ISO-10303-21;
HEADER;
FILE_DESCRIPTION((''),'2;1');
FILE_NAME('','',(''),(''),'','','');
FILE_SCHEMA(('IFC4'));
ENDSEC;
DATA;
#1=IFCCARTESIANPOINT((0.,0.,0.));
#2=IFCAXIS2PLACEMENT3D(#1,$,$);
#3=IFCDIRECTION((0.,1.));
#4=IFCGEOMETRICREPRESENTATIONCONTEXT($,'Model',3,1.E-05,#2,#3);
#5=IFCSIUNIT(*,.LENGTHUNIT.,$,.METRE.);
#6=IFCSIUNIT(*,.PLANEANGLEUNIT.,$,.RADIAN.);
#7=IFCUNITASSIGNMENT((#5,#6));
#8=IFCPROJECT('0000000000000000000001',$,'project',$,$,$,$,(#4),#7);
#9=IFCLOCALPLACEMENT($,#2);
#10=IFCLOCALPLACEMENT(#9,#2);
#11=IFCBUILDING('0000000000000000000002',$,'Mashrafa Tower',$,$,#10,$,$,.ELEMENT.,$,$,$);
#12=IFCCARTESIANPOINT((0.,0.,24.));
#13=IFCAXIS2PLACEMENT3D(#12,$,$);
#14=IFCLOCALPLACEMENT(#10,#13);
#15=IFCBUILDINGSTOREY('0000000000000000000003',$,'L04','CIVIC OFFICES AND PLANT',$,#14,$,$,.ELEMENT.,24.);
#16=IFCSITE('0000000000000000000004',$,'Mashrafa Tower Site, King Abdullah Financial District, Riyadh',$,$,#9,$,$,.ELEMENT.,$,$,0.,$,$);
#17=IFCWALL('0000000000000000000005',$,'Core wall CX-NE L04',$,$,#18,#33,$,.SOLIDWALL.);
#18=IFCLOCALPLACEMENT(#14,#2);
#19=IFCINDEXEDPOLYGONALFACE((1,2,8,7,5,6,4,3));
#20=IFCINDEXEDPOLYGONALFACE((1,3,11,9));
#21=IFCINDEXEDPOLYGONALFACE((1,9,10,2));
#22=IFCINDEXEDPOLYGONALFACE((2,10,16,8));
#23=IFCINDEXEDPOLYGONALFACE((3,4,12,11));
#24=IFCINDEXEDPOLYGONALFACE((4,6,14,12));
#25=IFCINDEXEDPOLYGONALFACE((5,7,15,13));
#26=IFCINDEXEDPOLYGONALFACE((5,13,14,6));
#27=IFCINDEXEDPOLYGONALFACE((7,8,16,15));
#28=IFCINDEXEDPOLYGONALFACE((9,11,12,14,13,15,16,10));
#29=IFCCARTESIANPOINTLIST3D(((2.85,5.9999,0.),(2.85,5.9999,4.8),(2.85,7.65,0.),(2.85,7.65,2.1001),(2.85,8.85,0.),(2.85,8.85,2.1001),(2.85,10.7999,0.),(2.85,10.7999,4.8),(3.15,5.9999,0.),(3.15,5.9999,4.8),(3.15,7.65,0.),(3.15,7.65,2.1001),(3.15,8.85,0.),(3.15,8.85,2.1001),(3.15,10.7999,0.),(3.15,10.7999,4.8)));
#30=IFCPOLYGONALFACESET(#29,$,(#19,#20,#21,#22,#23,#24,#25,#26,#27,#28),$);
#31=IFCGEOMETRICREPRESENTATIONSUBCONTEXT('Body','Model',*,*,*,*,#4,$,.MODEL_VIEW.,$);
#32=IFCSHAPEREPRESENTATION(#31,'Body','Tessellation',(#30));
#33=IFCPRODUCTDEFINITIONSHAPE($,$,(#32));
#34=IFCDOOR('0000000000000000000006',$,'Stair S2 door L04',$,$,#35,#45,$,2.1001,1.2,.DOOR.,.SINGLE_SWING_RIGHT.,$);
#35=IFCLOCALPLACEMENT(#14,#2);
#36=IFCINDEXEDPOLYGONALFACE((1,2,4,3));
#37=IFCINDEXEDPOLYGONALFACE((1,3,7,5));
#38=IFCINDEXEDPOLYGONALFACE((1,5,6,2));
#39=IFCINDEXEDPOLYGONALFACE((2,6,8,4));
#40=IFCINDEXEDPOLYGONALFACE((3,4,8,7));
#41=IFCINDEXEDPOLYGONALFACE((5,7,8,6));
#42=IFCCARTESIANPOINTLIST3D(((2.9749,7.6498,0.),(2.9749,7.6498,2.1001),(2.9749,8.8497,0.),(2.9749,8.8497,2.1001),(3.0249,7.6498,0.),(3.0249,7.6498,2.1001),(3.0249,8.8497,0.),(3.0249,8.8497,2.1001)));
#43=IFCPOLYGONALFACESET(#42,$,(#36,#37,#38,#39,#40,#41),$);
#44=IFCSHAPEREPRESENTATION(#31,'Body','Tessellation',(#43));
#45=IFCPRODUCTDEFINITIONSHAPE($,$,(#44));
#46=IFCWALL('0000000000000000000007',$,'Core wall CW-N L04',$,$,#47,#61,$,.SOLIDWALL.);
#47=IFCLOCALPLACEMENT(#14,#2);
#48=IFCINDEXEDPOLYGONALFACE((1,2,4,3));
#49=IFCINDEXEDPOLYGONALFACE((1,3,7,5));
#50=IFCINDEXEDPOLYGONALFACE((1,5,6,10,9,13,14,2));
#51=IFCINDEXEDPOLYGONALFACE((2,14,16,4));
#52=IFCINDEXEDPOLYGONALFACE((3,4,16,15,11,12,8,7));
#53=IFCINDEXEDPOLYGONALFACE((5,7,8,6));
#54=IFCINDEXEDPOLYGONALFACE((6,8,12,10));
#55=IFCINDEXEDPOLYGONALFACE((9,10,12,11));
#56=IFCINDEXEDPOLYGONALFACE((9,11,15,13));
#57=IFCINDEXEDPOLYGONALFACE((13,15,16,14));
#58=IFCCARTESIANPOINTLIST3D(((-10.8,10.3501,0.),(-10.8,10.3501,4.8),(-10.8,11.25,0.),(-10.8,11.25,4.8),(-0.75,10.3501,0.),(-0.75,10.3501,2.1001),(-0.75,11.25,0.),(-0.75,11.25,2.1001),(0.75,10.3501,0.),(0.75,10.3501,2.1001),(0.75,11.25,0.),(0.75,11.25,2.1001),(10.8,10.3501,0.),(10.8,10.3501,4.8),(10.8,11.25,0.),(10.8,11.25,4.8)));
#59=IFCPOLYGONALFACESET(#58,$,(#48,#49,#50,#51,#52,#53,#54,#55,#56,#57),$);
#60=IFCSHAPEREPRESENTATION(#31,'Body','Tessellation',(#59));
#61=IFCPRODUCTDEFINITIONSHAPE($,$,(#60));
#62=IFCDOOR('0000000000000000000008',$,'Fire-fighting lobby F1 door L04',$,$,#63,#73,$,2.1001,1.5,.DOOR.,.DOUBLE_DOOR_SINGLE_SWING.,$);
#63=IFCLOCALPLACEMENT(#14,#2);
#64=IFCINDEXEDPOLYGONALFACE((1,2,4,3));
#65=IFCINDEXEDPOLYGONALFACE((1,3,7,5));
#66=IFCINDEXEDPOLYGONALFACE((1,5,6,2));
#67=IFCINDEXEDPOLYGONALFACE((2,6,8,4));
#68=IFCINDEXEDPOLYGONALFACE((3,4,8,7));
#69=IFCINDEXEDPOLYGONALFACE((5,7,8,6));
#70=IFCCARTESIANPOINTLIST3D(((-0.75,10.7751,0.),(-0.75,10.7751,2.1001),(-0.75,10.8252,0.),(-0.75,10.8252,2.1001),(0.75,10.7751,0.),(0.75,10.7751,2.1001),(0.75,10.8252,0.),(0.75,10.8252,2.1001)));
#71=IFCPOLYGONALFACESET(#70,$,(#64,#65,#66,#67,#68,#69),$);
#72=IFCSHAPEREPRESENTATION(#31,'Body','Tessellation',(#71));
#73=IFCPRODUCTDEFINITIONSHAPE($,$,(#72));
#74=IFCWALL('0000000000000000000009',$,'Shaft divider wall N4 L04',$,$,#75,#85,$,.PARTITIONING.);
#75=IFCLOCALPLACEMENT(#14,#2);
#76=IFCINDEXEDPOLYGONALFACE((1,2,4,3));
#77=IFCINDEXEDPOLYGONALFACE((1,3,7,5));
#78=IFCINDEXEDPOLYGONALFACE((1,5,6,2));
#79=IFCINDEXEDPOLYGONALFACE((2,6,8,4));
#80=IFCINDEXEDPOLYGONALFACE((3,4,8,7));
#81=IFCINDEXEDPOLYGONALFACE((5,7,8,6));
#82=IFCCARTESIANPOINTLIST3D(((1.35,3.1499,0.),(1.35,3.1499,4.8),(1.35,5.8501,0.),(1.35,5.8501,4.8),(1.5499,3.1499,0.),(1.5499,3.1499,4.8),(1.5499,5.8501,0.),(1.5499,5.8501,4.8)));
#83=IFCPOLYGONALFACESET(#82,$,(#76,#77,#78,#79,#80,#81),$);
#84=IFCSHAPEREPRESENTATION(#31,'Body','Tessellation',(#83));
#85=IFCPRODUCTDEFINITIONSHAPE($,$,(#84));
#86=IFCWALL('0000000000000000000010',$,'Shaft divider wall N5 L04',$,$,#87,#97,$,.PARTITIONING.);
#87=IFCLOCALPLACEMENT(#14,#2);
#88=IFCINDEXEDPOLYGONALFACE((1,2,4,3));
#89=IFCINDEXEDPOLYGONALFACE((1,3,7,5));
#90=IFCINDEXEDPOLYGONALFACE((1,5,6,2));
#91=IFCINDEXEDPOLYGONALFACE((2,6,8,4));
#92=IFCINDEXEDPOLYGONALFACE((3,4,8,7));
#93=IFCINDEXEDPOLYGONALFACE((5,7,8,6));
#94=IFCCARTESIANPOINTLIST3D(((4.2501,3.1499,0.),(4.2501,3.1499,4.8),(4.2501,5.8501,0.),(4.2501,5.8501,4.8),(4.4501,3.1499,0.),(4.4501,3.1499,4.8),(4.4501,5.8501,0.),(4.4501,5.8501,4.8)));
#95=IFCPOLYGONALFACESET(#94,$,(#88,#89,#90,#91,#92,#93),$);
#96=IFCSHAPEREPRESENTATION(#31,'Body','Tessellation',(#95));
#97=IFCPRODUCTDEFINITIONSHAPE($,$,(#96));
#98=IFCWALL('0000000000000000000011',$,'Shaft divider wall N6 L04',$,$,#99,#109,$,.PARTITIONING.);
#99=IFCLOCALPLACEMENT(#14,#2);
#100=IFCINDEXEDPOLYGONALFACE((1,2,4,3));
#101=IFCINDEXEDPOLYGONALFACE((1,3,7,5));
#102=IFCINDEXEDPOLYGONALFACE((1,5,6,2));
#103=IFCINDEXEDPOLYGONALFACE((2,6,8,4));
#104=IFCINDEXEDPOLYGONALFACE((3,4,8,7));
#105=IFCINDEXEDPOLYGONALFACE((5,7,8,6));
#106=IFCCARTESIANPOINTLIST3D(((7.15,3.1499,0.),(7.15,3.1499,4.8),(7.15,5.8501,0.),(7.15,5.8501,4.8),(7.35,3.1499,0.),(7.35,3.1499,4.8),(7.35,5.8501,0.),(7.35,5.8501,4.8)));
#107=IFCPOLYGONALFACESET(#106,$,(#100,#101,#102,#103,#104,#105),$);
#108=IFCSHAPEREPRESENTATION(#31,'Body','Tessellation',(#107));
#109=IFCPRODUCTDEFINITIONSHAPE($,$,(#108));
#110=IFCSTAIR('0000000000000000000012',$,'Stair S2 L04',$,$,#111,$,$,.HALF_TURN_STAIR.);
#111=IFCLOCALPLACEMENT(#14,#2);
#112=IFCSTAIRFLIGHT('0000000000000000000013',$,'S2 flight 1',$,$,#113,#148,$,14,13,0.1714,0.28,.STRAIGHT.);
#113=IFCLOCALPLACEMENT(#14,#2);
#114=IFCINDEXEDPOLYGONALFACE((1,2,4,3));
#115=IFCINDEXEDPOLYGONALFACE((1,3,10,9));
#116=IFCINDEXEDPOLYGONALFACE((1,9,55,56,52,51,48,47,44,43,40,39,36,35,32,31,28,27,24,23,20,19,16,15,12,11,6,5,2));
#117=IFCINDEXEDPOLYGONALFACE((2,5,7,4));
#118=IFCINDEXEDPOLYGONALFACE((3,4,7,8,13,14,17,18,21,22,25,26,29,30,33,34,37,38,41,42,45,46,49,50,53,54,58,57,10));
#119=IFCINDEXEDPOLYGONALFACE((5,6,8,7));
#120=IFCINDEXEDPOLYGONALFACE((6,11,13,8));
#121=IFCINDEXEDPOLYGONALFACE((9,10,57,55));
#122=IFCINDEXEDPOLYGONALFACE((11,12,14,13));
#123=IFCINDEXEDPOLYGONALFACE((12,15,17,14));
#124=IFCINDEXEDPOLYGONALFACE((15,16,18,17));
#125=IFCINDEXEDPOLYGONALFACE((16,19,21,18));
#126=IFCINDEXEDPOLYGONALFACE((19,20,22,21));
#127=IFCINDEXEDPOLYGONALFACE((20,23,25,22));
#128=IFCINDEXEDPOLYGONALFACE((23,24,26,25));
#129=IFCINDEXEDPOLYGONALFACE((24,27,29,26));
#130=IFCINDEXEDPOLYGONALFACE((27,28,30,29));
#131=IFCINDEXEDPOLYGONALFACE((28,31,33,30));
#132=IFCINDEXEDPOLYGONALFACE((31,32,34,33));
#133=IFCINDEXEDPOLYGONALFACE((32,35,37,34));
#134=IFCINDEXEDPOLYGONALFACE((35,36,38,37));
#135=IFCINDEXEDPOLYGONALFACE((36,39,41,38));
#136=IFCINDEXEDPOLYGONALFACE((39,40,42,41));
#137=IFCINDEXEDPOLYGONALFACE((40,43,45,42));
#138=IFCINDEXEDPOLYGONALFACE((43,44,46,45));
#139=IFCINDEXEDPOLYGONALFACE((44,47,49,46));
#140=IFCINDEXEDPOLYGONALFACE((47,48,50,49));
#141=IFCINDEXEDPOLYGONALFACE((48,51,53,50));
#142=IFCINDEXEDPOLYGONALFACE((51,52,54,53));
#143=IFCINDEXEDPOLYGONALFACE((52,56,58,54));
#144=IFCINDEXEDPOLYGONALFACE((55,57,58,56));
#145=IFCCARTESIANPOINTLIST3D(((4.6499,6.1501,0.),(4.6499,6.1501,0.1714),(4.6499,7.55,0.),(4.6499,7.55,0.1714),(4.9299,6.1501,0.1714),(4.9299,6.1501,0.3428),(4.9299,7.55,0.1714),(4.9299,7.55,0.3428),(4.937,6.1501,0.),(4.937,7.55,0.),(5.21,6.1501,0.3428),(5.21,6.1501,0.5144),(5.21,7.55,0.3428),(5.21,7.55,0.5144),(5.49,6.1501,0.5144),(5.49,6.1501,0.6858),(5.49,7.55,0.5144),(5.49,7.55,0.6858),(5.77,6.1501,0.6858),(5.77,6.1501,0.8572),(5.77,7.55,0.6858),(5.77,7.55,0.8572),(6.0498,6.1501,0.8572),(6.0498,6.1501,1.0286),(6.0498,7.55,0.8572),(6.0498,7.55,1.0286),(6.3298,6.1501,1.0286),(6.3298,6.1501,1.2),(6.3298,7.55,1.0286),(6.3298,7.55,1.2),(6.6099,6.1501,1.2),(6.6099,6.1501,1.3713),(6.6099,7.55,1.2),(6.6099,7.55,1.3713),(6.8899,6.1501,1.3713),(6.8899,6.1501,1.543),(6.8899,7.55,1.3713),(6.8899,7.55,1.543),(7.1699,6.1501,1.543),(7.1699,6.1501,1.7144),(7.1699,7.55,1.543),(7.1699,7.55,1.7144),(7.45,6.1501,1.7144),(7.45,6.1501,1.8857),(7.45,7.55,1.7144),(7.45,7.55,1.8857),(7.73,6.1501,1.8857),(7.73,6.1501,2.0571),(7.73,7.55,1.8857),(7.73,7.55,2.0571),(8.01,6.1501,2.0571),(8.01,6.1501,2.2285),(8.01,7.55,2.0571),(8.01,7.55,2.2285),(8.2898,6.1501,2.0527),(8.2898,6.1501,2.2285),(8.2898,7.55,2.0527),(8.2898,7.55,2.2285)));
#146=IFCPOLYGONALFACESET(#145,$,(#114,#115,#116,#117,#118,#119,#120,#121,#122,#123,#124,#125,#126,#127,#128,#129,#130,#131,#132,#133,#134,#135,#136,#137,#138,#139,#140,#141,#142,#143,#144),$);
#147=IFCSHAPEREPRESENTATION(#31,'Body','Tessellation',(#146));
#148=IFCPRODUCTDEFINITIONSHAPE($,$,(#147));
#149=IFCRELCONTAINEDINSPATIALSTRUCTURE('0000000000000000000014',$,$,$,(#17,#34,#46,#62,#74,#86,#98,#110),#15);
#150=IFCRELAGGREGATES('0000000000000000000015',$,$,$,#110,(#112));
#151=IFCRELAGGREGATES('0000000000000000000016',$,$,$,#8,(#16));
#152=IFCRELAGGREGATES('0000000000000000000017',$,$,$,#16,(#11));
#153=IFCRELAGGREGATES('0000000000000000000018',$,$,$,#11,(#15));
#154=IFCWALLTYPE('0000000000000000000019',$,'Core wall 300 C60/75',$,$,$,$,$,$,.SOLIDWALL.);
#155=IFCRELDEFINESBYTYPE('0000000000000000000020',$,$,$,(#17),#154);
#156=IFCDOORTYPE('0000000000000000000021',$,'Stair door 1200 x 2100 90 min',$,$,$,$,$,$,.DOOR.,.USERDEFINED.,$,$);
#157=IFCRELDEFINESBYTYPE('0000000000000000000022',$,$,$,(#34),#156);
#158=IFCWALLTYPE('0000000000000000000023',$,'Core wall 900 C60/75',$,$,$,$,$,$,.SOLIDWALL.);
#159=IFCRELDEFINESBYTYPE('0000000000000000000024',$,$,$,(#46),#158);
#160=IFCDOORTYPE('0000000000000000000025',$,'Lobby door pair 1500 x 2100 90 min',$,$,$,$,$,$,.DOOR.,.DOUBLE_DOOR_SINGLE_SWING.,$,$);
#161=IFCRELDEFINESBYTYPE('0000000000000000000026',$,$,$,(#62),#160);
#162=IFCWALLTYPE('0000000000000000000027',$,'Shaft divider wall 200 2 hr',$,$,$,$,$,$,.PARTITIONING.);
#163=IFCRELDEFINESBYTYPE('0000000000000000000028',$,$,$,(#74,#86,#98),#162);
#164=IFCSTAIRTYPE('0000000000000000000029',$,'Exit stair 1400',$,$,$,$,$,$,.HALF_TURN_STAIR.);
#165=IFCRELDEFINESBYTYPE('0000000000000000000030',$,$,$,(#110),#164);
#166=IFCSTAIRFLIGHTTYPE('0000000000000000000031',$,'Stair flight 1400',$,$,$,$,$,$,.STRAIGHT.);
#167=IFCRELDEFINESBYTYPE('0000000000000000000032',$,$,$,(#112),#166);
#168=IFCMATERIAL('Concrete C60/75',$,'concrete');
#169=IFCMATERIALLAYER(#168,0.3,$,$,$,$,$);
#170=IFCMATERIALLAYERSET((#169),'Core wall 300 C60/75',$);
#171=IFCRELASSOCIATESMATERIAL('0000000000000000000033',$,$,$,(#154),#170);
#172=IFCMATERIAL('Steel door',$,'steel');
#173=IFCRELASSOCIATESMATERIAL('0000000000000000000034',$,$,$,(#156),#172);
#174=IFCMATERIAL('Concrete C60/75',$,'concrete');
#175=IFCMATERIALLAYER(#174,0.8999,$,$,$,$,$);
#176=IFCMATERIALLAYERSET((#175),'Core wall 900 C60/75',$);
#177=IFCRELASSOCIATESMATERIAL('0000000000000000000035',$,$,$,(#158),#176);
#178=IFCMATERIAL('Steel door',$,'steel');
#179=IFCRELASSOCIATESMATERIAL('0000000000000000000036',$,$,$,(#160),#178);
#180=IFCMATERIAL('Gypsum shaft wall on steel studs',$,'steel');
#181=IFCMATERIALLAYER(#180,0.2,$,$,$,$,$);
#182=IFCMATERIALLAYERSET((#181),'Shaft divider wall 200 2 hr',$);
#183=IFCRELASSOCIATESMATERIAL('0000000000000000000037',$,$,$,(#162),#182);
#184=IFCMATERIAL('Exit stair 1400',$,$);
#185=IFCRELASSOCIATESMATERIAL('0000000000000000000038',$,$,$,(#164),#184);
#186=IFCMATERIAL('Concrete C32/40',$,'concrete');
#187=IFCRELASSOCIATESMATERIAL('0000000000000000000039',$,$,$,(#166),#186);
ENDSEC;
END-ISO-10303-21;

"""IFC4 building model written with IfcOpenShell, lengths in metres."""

from ifc_helpers import new_model, si_unit, direction, frame, frame_2d, origin, place, context, subcontext, project, spatial, polyline, rectangle, outline, extrude, material, layer, layer_set, type_object, element, fill, aggregate, save


model = new_model("IFC4")

# Units and contexts
model_context = context("Model", 3, precision=1e-05, world=origin(), true_north=direction((0.0, 1.0)))
body_context = subcontext(model_context, "Body", "Model", "MODEL_VIEW")
ifc_project = project(units=[si_unit("LENGTHUNIT", "METRE"), si_unit("PLANEANGLEUNIT", "RADIAN")], contexts=[model_context])

# Site, building, storey
site_placement = place(None, origin())
site = spatial("IfcSite", under=ifc_project, at=site_placement, Name="Mashrafa Tower Site, King Abdullah Financial District, Riyadh", CompositionType="ELEMENT", RefElevation=0.0)
building_placement = place(site_placement, origin())
building = spatial("IfcBuilding", under=site, at=building_placement, Name="Mashrafa Tower", CompositionType="ELEMENT")
storey_placement = place(building_placement, frame((0.0, 0.0, 24.0)))
storey = spatial("IfcBuildingStorey", under=building, at=storey_placement, Name="L04", Description="CIVIC OFFICES AND PLANT", CompositionType="ELEMENT", Elevation=24.0)

# Walls, openings, doors
ifc_material_1 = material(Name="Concrete C60/75", Category="concrete")
ifc_layer_1 = layer(ifc_material_1, 0.3)
ifc_layer_set_1 = layer_set([ifc_layer_1], Name="Core wall 300 C60/75")
wall_type_1 = type_object("IfcWallType", Name="Core wall 300 C60/75", PredefinedType="SOLIDWALL", material=ifc_layer_set_1)
wall_1_placement = place(storey_placement, frame((3.0, 6.0, 0.0), z_axis=(0.0, 0.0, 1.0), x_axis=(0.0, 1.0, 0.0)))
wall_1 = element("IfcWall", 1, at=wall_1_placement, inside=storey, type_object=wall_type_1, Name="Core wall CX-NE L04", PredefinedType="SOLIDWALL", context=body_context, shape_type="SweptSolid", body=[
    extrude(rectangle(XDim=4.8, YDim=0.3, at=frame_2d((2.3999, 0.0))), origin(), (0.0, 0.0, 1.0), 4.8),
])
opening_1_placement = place(wall_1_placement, frame((1.6499, 0.0, 0.0)))
opening_1 = element("IfcOpeningElement", 2, at=opening_1_placement, cuts=wall_1, PredefinedType="OPENING", context=body_context, shape_type="SweptSolid", body=[
    extrude(rectangle(XDim=1.2, YDim=2.1001, at=frame_2d((0.6001, 1.05))), frame((0.0, 0.1599, 0.0), z_axis=(0.0, -1.0, 0.0), x_axis=(1.0, 0.0, 0.0)), (0.0, 0.0, 1.0), 0.3201),
])
ifc_material_2 = material(Name="Steel door", Category="steel")
door_type_1 = type_object("IfcDoorType", Name="Stair door 1200 x 2100 90 min", OperationType="USERDEFINED", PredefinedType="DOOR", material=ifc_material_2)
door_1_placement = place(opening_1_placement, frame((1.2, 0.0, 0.0), z_axis=(0.0, 0.0, 1.0), x_axis=(-1.0, 0.0, 0.0)))
door_1 = element("IfcDoor", 3, at=door_1_placement, inside=storey, type_object=door_type_1, Name="Stair S2 door L04", OperationType="SINGLE_SWING_RIGHT", OverallHeight=2.1001, OverallWidth=1.2, PredefinedType="DOOR", context=body_context, shape_type="SweptSolid", body=[
    extrude(rectangle(XDim=1.2, YDim=2.1001, at=frame_2d((0.6001, 1.05))), frame((0.0, 0.0249, 0.0), z_axis=(0.0, -1.0, 0.0), x_axis=(1.0, 0.0, 0.0)), (0.0, 0.0, 1.0), 0.05),
])
fill(opening_1, door_1)
ifc_material_3 = material(Name="Concrete C60/75", Category="concrete")
ifc_layer_2 = layer(ifc_material_3, 0.8999)
ifc_layer_set_2 = layer_set([ifc_layer_2], Name="Core wall 900 C60/75")
wall_type_2 = type_object("IfcWallType", Name="Core wall 900 C60/75", PredefinedType="SOLIDWALL", material=ifc_layer_set_2)
wall_2_placement = place(storey_placement, frame((10.8, 10.8, 0.0), z_axis=(0.0, 0.0, 1.0), x_axis=(-1.0, 0.0, 0.0)))
wall_2 = element("IfcWall", 4, at=wall_2_placement, inside=storey, type_object=wall_type_2, Name="Core wall CW-N L04", PredefinedType="SOLIDWALL", context=body_context, shape_type="SweptSolid", body=[
    extrude(rectangle(XDim=21.6001, YDim=0.8999, at=frame_2d((10.8, 0.0))), origin(), (0.0, 0.0, 1.0), 4.8),
])
opening_2_placement = place(wall_2_placement, frame((10.05, 0.0, 0.0)))
opening_2 = element("IfcOpeningElement", 5, at=opening_2_placement, cuts=wall_2, PredefinedType="OPENING", context=body_context, shape_type="SweptSolid", body=[
    extrude(rectangle(XDim=1.5, YDim=2.1001, at=frame_2d((0.75, 1.05))), frame((0.0, 0.46, 0.0), z_axis=(0.0, -1.0, 0.0), x_axis=(1.0, 0.0, 0.0)), (0.0, 0.0, 1.0), 0.9199),
])
ifc_material_4 = material(Name="Steel door", Category="steel")
door_type_2 = type_object("IfcDoorType", Name="Lobby door pair 1500 x 2100 90 min", OperationType="DOUBLE_DOOR_SINGLE_SWING", PredefinedType="DOOR", material=ifc_material_4)
door_2_placement = place(opening_2_placement, origin())
door_2 = element("IfcDoor", 6, at=door_2_placement, inside=storey, type_object=door_type_2, Name="Fire-fighting lobby F1 door L04", OperationType="DOUBLE_DOOR_SINGLE_SWING", OverallHeight=2.1001, OverallWidth=1.5, PredefinedType="DOOR", context=body_context, shape_type="SweptSolid", body=[
    extrude(rectangle(XDim=1.5, YDim=2.1001, at=frame_2d((0.75, 1.05))), frame((0.0, 0.0249, 0.0), z_axis=(0.0, -1.0, 0.0), x_axis=(1.0, 0.0, 0.0)), (0.0, 0.0, 1.0), 0.05),
])
fill(opening_2, door_2)

# Walls
ifc_material_5 = material(Name="Gypsum shaft wall on steel studs", Category="steel")
ifc_layer_3 = layer(ifc_material_5, 0.2)
ifc_layer_set_3 = layer_set([ifc_layer_3], Name="Shaft divider wall 200 2 hr")
wall_type_3 = type_object("IfcWallType", Name="Shaft divider wall 200 2 hr", PredefinedType="PARTITIONING", material=ifc_layer_set_3)
for number, where, z_axis, x_axis, name in (
    (7, (1.45, 3.1499, 0.0), (0.0, 0.0, 1.0), (0.0, 1.0, 0.0), "Shaft divider wall N4 L04"),
    (8, (4.3501, 3.1499, 0.0), (0.0, 0.0, 1.0), (0.0, 1.0, 0.0), "Shaft divider wall N5 L04"),
    (9, (7.25, 3.1499, 0.0), (0.0, 0.0, 1.0), (0.0, 1.0, 0.0), "Shaft divider wall N6 L04"),
):
    element("IfcWall", number, at=place(storey_placement, frame(where, z_axis=z_axis, x_axis=x_axis)), inside=storey, type_object=wall_type_3, Name=name, PredefinedType="PARTITIONING", context=body_context, shape_type="SweptSolid", body=[
        extrude(rectangle(XDim=2.7002, YDim=0.2, at=frame_2d((1.3501, 0.0))), origin(), (0.0, 0.0, 1.0), 4.8),
    ])

# Stair, stair flight
ifc_material_6 = material(Name="Exit stair 1400")
stair_type = type_object("IfcStairType", Name="Exit stair 1400", PredefinedType="HALF_TURN_STAIR", material=ifc_material_6)
stair_placement = place(storey_placement, origin())
stair = element("IfcStair", 10, at=stair_placement, inside=storey, type_object=stair_type, Name="Stair S2 L04", PredefinedType="HALF_TURN_STAIR")
ifc_material_7 = material(Name="Concrete C32/40", Category="concrete")
stair_flight_type = type_object("IfcStairFlightType", Name="Stair flight 1400", PredefinedType="STRAIGHT", material=ifc_material_7)
stair_flight_1_placement = place(storey_placement, frame((4.6499, 6.8501, 0.0), z_axis=(0.0, 0.0, 1.0), x_axis=(1.0, 0.0, 0.0)))
stair_flight_1 = element("IfcStairFlight", 11, at=stair_flight_1_placement, type_object=stair_flight_type, Name="S2 flight 1", NumberOfRisers=14, NumberOfTreads=13, PredefinedType="STRAIGHT", RiserHeight=0.1714, TreadLength=0.28, context=body_context, shape_type="SweptSolid", body=[
    extrude(outline(polyline([(0.0, 0.0), (0.0, 0.1714), (0.28, 0.1714), (0.28, 0.3428), (0.5601, 0.3428), (0.5601, 0.5144), (0.8401, 0.5144), (0.8401, 0.6858), (1.1201, 0.6858), (1.1201, 0.8572), (1.3999, 0.8572), (1.3999, 1.0286), (1.6799, 1.0286), (1.6799, 1.2), (1.96, 1.2), (1.96, 1.3713), (2.24, 1.3713), (2.24, 1.543), (2.52, 1.543), (2.52, 1.7144), (2.8, 1.7144), (2.8, 1.8857), (3.0801, 1.8857), (3.0801, 2.0571), (3.3601, 2.0571), (3.3601, 2.2285), (3.6399, 2.2285), (3.6399, 2.3999), (3.6399, 2.0527), (0.2871, 0.0), (0.0, 0.0)])), frame((0.0, 0.7, 0.0), z_axis=(0.0, -1.0, 0.0), x_axis=(1.0, 0.0, 0.0)), (0.0, 0.0, 1.0), 1.3999),
])
aggregate(stair, [stair_flight_1])

save(model, "model.ifc")
